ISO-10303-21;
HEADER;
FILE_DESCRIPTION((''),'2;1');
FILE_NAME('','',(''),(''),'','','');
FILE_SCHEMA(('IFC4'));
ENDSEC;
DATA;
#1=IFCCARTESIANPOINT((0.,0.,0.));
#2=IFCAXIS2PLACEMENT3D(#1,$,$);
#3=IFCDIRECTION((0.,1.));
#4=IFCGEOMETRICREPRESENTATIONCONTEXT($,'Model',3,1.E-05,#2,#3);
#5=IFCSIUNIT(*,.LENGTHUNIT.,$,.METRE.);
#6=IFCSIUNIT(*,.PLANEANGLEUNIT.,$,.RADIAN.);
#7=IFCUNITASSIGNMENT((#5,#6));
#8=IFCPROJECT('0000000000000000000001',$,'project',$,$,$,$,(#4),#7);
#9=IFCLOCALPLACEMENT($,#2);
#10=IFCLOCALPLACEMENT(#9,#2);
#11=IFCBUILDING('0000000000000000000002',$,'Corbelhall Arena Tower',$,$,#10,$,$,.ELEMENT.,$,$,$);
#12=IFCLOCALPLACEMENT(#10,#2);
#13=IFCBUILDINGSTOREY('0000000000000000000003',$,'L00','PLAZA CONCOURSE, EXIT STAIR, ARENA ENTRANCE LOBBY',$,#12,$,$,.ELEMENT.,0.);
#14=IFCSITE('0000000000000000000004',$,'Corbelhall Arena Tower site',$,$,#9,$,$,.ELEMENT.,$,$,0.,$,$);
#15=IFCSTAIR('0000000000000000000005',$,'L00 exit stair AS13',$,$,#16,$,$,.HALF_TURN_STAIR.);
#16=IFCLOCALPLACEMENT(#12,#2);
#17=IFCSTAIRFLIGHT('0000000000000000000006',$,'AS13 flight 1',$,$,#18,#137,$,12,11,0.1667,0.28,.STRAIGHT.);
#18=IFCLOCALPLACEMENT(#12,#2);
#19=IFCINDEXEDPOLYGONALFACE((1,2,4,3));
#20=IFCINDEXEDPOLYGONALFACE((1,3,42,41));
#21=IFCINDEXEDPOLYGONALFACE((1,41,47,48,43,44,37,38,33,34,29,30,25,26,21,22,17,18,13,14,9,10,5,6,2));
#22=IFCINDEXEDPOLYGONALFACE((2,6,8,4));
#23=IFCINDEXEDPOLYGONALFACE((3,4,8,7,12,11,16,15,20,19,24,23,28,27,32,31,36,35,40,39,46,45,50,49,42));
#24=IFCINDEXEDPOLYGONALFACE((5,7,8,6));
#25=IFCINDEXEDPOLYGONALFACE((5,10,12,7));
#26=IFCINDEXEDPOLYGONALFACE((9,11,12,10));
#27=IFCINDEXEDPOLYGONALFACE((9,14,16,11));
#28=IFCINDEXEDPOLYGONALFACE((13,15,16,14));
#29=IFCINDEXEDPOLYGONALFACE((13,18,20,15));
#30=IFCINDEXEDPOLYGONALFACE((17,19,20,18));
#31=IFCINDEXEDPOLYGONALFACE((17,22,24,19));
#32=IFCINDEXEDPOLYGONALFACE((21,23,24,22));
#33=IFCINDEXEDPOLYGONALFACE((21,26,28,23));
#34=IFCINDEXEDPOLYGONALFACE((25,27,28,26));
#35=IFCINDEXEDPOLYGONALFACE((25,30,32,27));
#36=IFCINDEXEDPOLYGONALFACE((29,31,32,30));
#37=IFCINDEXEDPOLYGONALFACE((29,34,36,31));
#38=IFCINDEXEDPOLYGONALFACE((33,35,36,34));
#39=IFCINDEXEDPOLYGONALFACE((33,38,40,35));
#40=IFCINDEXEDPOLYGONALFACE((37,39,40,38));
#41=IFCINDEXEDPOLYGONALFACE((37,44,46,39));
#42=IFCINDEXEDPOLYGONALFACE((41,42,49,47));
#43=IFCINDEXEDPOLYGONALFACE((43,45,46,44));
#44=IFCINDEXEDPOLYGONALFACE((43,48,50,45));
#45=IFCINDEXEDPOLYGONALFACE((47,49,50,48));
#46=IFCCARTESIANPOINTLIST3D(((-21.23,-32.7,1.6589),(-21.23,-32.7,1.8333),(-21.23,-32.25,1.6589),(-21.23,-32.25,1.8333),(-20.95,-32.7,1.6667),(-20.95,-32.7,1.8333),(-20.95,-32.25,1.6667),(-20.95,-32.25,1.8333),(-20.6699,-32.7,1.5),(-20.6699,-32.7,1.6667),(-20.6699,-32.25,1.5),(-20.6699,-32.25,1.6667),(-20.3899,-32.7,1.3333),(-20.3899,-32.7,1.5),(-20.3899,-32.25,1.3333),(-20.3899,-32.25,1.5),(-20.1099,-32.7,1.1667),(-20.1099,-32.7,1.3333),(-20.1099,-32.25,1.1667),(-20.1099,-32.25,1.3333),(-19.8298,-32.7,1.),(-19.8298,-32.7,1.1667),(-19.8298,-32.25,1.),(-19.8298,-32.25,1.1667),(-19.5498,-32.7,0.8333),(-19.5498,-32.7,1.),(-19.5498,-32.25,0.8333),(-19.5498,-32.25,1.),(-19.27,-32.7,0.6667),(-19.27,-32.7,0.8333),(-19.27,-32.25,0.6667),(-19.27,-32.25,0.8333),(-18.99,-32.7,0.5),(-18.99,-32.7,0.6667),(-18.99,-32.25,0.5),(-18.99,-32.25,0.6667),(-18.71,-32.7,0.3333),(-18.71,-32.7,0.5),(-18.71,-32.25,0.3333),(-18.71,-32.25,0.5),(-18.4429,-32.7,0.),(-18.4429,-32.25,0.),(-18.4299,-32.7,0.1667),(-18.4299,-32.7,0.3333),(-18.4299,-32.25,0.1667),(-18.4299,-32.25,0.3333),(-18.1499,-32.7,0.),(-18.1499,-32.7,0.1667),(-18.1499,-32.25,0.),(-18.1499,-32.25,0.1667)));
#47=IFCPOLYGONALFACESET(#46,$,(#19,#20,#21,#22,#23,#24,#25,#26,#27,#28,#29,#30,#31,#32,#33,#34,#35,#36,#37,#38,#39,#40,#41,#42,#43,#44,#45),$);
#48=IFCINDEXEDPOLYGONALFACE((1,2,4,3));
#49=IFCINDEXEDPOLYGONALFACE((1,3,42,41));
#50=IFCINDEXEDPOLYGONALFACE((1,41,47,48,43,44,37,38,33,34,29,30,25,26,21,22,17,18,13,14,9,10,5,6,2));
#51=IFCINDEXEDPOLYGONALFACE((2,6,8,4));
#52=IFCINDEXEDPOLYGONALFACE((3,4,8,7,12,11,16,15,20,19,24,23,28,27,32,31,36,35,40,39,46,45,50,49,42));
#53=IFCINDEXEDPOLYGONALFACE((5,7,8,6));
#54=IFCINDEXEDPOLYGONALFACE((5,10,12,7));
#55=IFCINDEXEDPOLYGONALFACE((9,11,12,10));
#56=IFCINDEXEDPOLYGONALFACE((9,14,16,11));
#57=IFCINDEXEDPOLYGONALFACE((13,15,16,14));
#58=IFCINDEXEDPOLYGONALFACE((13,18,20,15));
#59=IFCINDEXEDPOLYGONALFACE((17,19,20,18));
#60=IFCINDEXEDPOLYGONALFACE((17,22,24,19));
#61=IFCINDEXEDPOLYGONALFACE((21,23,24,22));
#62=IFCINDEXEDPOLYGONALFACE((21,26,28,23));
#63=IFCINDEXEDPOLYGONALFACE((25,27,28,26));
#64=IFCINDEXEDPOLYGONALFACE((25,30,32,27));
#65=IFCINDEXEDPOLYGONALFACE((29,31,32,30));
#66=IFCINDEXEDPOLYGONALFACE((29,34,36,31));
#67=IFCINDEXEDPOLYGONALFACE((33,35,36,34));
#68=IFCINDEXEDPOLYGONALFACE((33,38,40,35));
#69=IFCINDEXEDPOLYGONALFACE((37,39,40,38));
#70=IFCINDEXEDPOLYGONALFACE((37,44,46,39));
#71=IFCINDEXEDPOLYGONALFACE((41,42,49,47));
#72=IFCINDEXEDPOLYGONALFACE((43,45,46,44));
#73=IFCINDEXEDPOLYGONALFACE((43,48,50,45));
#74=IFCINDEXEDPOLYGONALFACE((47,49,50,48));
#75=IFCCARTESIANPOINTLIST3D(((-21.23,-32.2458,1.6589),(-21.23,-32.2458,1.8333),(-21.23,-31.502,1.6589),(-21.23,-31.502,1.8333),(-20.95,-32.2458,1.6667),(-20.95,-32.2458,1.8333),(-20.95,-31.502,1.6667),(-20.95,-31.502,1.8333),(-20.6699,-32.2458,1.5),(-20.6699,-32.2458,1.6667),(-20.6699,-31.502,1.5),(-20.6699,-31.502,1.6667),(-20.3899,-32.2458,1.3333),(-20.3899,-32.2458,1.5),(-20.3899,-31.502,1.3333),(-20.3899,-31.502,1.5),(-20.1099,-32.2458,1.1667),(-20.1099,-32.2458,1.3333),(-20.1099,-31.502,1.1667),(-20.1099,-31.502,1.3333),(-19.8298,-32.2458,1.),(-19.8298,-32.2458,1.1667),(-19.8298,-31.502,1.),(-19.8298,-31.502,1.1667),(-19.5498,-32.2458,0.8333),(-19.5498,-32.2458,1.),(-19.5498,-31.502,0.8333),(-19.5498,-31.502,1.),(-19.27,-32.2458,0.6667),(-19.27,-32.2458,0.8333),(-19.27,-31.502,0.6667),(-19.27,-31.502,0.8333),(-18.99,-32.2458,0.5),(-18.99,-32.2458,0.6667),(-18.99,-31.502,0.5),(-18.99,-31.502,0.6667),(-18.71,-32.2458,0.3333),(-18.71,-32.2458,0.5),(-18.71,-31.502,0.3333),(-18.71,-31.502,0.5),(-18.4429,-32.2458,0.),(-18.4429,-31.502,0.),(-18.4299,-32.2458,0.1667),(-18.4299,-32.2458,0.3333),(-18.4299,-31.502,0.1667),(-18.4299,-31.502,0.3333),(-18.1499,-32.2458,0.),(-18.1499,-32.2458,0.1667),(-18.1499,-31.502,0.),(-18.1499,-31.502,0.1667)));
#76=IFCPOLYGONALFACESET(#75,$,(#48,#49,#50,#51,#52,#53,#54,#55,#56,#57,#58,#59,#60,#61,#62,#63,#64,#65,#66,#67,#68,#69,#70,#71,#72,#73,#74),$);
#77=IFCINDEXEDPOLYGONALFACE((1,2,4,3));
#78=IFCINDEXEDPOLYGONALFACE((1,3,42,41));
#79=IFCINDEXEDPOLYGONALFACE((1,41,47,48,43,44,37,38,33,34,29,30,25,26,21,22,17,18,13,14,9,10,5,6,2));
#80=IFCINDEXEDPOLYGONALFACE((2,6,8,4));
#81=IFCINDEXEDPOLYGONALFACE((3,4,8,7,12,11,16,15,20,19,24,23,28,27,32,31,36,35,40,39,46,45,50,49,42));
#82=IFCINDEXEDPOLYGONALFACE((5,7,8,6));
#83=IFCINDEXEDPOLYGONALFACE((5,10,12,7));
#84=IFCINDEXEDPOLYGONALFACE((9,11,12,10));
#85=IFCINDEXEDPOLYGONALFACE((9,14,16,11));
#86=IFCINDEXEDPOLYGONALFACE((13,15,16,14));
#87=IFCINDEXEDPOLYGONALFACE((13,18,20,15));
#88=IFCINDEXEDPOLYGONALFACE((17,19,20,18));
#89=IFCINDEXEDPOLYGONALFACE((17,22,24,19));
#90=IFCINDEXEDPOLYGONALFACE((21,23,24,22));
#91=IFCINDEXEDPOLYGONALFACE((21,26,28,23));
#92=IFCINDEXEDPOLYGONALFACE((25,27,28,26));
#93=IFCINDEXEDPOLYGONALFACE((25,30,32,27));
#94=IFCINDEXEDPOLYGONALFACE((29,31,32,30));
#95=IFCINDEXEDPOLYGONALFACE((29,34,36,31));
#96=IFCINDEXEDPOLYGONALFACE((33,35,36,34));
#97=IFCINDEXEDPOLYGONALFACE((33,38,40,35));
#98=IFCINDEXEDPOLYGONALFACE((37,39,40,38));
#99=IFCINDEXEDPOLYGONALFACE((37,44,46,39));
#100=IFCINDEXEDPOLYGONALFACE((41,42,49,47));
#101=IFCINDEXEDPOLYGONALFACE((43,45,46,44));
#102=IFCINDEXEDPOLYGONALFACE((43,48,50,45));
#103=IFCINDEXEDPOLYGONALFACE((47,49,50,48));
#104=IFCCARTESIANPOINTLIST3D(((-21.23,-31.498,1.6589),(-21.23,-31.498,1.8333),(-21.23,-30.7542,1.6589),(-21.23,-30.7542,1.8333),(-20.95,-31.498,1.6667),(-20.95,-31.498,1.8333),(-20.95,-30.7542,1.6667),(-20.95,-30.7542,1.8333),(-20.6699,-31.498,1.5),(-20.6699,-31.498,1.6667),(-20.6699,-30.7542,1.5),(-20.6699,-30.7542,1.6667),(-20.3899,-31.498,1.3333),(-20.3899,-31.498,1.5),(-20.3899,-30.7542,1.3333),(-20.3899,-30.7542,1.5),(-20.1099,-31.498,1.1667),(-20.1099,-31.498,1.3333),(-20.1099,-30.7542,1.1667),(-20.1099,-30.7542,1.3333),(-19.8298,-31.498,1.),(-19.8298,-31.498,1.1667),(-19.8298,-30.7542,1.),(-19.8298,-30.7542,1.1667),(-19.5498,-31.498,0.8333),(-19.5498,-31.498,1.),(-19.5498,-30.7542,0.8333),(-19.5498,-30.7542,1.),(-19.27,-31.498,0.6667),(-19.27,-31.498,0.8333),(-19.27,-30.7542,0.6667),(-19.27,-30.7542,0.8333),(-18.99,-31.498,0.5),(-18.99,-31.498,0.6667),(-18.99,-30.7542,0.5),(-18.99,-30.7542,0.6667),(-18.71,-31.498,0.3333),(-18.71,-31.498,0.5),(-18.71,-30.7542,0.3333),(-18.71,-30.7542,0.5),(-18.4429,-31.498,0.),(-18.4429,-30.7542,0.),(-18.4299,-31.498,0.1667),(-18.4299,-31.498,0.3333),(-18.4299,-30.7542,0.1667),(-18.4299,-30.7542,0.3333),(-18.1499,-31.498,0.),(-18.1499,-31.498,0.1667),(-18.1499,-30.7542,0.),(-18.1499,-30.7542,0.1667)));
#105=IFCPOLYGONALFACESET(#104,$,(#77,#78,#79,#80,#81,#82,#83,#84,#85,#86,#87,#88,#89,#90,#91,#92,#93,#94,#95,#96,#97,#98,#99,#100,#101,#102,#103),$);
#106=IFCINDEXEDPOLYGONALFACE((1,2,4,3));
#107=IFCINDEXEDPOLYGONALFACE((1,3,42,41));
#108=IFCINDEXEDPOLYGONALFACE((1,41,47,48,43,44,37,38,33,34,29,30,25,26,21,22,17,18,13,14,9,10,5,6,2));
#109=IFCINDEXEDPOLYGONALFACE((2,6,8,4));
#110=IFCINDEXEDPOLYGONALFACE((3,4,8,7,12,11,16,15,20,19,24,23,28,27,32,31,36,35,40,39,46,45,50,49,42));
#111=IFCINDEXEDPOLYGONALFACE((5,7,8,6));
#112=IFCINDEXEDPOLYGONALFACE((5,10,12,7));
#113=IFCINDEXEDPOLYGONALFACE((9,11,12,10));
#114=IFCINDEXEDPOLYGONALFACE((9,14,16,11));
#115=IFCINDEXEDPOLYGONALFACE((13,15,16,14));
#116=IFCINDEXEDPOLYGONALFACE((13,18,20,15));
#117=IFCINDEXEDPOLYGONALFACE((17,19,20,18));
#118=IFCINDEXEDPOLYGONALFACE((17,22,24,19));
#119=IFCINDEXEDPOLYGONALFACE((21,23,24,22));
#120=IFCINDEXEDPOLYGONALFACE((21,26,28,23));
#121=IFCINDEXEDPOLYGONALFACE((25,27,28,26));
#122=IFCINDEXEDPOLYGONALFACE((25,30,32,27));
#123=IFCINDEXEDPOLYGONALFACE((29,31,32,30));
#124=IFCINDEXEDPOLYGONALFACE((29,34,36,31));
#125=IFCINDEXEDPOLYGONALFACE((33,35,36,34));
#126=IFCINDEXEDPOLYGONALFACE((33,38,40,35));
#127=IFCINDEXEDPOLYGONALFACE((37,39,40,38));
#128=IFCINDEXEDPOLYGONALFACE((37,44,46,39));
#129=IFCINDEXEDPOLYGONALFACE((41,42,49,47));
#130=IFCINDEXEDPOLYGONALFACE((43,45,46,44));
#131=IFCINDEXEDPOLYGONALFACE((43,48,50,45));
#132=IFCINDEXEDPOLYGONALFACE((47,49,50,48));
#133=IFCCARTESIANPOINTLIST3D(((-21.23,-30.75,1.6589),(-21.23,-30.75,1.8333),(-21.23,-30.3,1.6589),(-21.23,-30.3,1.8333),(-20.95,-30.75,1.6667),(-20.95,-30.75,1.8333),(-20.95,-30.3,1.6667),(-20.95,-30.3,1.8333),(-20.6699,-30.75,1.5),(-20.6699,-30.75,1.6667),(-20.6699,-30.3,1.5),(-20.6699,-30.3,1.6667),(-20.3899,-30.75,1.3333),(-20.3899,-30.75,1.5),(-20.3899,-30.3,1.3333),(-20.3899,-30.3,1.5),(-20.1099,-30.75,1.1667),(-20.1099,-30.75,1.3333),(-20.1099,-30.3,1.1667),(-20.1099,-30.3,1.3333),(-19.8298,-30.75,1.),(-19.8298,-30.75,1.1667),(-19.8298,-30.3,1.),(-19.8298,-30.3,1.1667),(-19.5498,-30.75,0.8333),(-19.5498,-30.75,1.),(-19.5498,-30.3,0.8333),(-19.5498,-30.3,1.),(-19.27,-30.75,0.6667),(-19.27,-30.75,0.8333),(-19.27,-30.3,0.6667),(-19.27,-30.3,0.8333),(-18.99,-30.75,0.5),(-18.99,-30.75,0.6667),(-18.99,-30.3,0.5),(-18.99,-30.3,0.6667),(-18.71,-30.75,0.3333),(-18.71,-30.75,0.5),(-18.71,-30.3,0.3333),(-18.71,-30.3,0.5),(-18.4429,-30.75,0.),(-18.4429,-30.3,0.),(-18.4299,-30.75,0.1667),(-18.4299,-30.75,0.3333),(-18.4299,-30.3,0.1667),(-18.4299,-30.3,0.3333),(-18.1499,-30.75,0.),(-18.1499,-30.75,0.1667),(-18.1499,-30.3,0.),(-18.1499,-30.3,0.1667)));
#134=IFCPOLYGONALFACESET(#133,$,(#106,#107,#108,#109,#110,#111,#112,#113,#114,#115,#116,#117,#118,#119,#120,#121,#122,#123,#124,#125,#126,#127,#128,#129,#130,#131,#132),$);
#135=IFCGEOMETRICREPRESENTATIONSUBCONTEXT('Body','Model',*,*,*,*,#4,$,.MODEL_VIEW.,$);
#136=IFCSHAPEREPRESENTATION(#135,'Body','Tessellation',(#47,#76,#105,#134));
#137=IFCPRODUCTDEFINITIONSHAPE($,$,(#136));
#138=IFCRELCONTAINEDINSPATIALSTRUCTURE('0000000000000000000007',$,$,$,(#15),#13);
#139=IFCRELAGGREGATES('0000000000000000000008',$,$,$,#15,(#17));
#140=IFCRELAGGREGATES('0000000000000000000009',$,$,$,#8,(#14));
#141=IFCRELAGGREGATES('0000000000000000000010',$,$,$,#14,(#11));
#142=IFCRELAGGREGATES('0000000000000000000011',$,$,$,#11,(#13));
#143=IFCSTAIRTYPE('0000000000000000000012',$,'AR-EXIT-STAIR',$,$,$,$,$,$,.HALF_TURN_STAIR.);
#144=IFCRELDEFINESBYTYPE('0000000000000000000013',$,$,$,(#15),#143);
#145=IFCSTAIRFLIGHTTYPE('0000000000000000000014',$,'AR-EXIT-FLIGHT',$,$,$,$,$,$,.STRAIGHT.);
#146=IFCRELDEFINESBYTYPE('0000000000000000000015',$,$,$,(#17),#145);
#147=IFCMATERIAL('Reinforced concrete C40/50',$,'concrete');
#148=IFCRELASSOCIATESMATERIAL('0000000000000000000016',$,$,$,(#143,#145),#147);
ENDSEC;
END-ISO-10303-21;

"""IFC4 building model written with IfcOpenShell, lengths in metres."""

from ifc_helpers import new_model, si_unit, direction, frame, origin, place, context, subcontext, project, spatial, polyline, outline, extrude, material, type_object, element, aggregate, save


model = new_model("IFC4")

# Units and contexts
model_context = context("Model", 3, precision=1e-05, world=origin(), true_north=direction((0.0, 1.0)))
body_context = subcontext(model_context, "Body", "Model", "MODEL_VIEW")
ifc_project = project(units=[si_unit("LENGTHUNIT", "METRE"), si_unit("PLANEANGLEUNIT", "RADIAN")], contexts=[model_context])

# Site, building, storey
site_placement = place(None, origin())
site = spatial("IfcSite", under=ifc_project, at=site_placement, Name="Corbelhall Arena Tower site", CompositionType="ELEMENT", RefElevation=0.0)
building_placement = place(site_placement, origin())
building = spatial("IfcBuilding", under=site, at=building_placement, Name="Corbelhall Arena Tower", CompositionType="ELEMENT")
storey_placement = place(building_placement, origin())
storey = spatial("IfcBuildingStorey", under=building, at=storey_placement, Name="L00", Description="PLAZA CONCOURSE, EXIT STAIR, ARENA ENTRANCE LOBBY", CompositionType="ELEMENT", Elevation=0.0)

# Shared definitions
ifc_material_1 = material(Name="Reinforced concrete C40/50", Category="concrete")

# Stair, stair flight
stair_type = type_object("IfcStairType", Name="AR-EXIT-STAIR", PredefinedType="HALF_TURN_STAIR", material=ifc_material_1)
stair_placement = place(storey_placement, origin())
stair = element("IfcStair", 1, at=stair_placement, inside=storey, type_object=stair_type, Name="L00 exit stair AS13", PredefinedType="HALF_TURN_STAIR")
stair_flight_type = type_object("IfcStairFlightType", Name="AR-EXIT-FLIGHT", PredefinedType="STRAIGHT", material=ifc_material_1)
stair_flight_1_placement = place(storey_placement, frame((-18.1499, -31.5, 0.0), z_axis=(0.0, 0.0, 1.0), x_axis=(-1.0, 0.0, 0.0)))
stair_flight_1 = element("IfcStairFlight", 2, at=stair_flight_1_placement, type_object=stair_flight_type, Name="AS13 flight 1", NumberOfRisers=12, NumberOfTreads=11, PredefinedType="STRAIGHT", RiserHeight=0.1667, TreadLength=0.28, context=body_context, shape_type="SweptSolid", body=[
    extrude(outline(polyline([(0.0, 0.0), (0.0, 0.1667), (0.28, 0.1667), (0.28, 0.3333), (0.5601, 0.3333), (0.5601, 0.5), (0.8401, 0.5), (0.8401, 0.6667), (1.1201, 0.6667), (1.1201, 0.8333), (1.3999, 0.8333), (1.3999, 1.0), (1.6799, 1.0), (1.6799, 1.1667), (1.96, 1.1667), (1.96, 1.3333), (2.24, 1.3333), (2.24, 1.5), (2.52, 1.5), (2.52, 1.6667), (2.8, 1.6667), (2.8, 1.8333), (3.0801, 1.8333), (3.0801, 2.0), (3.0801, 1.6589), (0.293, 0.0), (0.0, 0.0)])), frame((0.0, 1.2, 0.0), z_axis=(0.0, -1.0, 0.0), x_axis=(1.0, 0.0, 0.0)), (0.0, 0.0, 1.0), 0.45),
    extrude(outline(polyline([(0.0, 0.0), (0.0, 0.1667), (0.28, 0.1667), (0.28, 0.3333), (0.5601, 0.3333), (0.5601, 0.5), (0.8401, 0.5), (0.8401, 0.6667), (1.1201, 0.6667), (1.1201, 0.8333), (1.3999, 0.8333), (1.3999, 1.0), (1.6799, 1.0), (1.6799, 1.1667), (1.96, 1.1667), (1.96, 1.3333), (2.24, 1.3333), (2.24, 1.5), (2.52, 1.5), (2.52, 1.6667), (2.8, 1.6667), (2.8, 1.8333), (3.0801, 1.8333), (3.0801, 2.0), (3.0801, 1.6589), (0.293, 0.0), (0.0, 0.0)])), frame((0.0, 0.7458, 0.0), z_axis=(0.0, -1.0, 0.0), x_axis=(1.0, 0.0, 0.0)), (0.0, 0.0, 1.0), 0.7439),
    extrude(outline(polyline([(0.0, 0.0), (0.0, 0.1667), (0.28, 0.1667), (0.28, 0.3333), (0.5601, 0.3333), (0.5601, 0.5), (0.8401, 0.5), (0.8401, 0.6667), (1.1201, 0.6667), (1.1201, 0.8333), (1.3999, 0.8333), (1.3999, 1.0), (1.6799, 1.0), (1.6799, 1.1667), (1.96, 1.1667), (1.96, 1.3333), (2.24, 1.3333), (2.24, 1.5), (2.52, 1.5), (2.52, 1.6667), (2.8, 1.6667), (2.8, 1.8333), (3.0801, 1.8333), (3.0801, 2.0), (3.0801, 1.6589), (0.293, 0.0), (0.0, 0.0)])), frame((0.0, -0.002, 0.0), z_axis=(0.0, -1.0, 0.0), x_axis=(1.0, 0.0, 0.0)), (0.0, 0.0, 1.0), 0.7439),
    extrude(outline(polyline([(0.0, 0.0), (0.0, 0.1667), (0.28, 0.1667), (0.28, 0.3333), (0.5601, 0.3333), (0.5601, 0.5), (0.8401, 0.5), (0.8401, 0.6667), (1.1201, 0.6667), (1.1201, 0.8333), (1.3999, 0.8333), (1.3999, 1.0), (1.6799, 1.0), (1.6799, 1.1667), (1.96, 1.1667), (1.96, 1.3333), (2.24, 1.3333), (2.24, 1.5), (2.52, 1.5), (2.52, 1.6667), (2.8, 1.6667), (2.8, 1.8333), (3.0801, 1.8333), (3.0801, 2.0), (3.0801, 1.6589), (0.293, 0.0), (0.0, 0.0)])), frame((0.0, -0.75, 0.0), z_axis=(0.0, -1.0, 0.0), x_axis=(1.0, 0.0, 0.0)), (0.0, 0.0, 1.0), 0.45),
])
aggregate(stair, [stair_flight_1])

save(model, "model.ifc")
